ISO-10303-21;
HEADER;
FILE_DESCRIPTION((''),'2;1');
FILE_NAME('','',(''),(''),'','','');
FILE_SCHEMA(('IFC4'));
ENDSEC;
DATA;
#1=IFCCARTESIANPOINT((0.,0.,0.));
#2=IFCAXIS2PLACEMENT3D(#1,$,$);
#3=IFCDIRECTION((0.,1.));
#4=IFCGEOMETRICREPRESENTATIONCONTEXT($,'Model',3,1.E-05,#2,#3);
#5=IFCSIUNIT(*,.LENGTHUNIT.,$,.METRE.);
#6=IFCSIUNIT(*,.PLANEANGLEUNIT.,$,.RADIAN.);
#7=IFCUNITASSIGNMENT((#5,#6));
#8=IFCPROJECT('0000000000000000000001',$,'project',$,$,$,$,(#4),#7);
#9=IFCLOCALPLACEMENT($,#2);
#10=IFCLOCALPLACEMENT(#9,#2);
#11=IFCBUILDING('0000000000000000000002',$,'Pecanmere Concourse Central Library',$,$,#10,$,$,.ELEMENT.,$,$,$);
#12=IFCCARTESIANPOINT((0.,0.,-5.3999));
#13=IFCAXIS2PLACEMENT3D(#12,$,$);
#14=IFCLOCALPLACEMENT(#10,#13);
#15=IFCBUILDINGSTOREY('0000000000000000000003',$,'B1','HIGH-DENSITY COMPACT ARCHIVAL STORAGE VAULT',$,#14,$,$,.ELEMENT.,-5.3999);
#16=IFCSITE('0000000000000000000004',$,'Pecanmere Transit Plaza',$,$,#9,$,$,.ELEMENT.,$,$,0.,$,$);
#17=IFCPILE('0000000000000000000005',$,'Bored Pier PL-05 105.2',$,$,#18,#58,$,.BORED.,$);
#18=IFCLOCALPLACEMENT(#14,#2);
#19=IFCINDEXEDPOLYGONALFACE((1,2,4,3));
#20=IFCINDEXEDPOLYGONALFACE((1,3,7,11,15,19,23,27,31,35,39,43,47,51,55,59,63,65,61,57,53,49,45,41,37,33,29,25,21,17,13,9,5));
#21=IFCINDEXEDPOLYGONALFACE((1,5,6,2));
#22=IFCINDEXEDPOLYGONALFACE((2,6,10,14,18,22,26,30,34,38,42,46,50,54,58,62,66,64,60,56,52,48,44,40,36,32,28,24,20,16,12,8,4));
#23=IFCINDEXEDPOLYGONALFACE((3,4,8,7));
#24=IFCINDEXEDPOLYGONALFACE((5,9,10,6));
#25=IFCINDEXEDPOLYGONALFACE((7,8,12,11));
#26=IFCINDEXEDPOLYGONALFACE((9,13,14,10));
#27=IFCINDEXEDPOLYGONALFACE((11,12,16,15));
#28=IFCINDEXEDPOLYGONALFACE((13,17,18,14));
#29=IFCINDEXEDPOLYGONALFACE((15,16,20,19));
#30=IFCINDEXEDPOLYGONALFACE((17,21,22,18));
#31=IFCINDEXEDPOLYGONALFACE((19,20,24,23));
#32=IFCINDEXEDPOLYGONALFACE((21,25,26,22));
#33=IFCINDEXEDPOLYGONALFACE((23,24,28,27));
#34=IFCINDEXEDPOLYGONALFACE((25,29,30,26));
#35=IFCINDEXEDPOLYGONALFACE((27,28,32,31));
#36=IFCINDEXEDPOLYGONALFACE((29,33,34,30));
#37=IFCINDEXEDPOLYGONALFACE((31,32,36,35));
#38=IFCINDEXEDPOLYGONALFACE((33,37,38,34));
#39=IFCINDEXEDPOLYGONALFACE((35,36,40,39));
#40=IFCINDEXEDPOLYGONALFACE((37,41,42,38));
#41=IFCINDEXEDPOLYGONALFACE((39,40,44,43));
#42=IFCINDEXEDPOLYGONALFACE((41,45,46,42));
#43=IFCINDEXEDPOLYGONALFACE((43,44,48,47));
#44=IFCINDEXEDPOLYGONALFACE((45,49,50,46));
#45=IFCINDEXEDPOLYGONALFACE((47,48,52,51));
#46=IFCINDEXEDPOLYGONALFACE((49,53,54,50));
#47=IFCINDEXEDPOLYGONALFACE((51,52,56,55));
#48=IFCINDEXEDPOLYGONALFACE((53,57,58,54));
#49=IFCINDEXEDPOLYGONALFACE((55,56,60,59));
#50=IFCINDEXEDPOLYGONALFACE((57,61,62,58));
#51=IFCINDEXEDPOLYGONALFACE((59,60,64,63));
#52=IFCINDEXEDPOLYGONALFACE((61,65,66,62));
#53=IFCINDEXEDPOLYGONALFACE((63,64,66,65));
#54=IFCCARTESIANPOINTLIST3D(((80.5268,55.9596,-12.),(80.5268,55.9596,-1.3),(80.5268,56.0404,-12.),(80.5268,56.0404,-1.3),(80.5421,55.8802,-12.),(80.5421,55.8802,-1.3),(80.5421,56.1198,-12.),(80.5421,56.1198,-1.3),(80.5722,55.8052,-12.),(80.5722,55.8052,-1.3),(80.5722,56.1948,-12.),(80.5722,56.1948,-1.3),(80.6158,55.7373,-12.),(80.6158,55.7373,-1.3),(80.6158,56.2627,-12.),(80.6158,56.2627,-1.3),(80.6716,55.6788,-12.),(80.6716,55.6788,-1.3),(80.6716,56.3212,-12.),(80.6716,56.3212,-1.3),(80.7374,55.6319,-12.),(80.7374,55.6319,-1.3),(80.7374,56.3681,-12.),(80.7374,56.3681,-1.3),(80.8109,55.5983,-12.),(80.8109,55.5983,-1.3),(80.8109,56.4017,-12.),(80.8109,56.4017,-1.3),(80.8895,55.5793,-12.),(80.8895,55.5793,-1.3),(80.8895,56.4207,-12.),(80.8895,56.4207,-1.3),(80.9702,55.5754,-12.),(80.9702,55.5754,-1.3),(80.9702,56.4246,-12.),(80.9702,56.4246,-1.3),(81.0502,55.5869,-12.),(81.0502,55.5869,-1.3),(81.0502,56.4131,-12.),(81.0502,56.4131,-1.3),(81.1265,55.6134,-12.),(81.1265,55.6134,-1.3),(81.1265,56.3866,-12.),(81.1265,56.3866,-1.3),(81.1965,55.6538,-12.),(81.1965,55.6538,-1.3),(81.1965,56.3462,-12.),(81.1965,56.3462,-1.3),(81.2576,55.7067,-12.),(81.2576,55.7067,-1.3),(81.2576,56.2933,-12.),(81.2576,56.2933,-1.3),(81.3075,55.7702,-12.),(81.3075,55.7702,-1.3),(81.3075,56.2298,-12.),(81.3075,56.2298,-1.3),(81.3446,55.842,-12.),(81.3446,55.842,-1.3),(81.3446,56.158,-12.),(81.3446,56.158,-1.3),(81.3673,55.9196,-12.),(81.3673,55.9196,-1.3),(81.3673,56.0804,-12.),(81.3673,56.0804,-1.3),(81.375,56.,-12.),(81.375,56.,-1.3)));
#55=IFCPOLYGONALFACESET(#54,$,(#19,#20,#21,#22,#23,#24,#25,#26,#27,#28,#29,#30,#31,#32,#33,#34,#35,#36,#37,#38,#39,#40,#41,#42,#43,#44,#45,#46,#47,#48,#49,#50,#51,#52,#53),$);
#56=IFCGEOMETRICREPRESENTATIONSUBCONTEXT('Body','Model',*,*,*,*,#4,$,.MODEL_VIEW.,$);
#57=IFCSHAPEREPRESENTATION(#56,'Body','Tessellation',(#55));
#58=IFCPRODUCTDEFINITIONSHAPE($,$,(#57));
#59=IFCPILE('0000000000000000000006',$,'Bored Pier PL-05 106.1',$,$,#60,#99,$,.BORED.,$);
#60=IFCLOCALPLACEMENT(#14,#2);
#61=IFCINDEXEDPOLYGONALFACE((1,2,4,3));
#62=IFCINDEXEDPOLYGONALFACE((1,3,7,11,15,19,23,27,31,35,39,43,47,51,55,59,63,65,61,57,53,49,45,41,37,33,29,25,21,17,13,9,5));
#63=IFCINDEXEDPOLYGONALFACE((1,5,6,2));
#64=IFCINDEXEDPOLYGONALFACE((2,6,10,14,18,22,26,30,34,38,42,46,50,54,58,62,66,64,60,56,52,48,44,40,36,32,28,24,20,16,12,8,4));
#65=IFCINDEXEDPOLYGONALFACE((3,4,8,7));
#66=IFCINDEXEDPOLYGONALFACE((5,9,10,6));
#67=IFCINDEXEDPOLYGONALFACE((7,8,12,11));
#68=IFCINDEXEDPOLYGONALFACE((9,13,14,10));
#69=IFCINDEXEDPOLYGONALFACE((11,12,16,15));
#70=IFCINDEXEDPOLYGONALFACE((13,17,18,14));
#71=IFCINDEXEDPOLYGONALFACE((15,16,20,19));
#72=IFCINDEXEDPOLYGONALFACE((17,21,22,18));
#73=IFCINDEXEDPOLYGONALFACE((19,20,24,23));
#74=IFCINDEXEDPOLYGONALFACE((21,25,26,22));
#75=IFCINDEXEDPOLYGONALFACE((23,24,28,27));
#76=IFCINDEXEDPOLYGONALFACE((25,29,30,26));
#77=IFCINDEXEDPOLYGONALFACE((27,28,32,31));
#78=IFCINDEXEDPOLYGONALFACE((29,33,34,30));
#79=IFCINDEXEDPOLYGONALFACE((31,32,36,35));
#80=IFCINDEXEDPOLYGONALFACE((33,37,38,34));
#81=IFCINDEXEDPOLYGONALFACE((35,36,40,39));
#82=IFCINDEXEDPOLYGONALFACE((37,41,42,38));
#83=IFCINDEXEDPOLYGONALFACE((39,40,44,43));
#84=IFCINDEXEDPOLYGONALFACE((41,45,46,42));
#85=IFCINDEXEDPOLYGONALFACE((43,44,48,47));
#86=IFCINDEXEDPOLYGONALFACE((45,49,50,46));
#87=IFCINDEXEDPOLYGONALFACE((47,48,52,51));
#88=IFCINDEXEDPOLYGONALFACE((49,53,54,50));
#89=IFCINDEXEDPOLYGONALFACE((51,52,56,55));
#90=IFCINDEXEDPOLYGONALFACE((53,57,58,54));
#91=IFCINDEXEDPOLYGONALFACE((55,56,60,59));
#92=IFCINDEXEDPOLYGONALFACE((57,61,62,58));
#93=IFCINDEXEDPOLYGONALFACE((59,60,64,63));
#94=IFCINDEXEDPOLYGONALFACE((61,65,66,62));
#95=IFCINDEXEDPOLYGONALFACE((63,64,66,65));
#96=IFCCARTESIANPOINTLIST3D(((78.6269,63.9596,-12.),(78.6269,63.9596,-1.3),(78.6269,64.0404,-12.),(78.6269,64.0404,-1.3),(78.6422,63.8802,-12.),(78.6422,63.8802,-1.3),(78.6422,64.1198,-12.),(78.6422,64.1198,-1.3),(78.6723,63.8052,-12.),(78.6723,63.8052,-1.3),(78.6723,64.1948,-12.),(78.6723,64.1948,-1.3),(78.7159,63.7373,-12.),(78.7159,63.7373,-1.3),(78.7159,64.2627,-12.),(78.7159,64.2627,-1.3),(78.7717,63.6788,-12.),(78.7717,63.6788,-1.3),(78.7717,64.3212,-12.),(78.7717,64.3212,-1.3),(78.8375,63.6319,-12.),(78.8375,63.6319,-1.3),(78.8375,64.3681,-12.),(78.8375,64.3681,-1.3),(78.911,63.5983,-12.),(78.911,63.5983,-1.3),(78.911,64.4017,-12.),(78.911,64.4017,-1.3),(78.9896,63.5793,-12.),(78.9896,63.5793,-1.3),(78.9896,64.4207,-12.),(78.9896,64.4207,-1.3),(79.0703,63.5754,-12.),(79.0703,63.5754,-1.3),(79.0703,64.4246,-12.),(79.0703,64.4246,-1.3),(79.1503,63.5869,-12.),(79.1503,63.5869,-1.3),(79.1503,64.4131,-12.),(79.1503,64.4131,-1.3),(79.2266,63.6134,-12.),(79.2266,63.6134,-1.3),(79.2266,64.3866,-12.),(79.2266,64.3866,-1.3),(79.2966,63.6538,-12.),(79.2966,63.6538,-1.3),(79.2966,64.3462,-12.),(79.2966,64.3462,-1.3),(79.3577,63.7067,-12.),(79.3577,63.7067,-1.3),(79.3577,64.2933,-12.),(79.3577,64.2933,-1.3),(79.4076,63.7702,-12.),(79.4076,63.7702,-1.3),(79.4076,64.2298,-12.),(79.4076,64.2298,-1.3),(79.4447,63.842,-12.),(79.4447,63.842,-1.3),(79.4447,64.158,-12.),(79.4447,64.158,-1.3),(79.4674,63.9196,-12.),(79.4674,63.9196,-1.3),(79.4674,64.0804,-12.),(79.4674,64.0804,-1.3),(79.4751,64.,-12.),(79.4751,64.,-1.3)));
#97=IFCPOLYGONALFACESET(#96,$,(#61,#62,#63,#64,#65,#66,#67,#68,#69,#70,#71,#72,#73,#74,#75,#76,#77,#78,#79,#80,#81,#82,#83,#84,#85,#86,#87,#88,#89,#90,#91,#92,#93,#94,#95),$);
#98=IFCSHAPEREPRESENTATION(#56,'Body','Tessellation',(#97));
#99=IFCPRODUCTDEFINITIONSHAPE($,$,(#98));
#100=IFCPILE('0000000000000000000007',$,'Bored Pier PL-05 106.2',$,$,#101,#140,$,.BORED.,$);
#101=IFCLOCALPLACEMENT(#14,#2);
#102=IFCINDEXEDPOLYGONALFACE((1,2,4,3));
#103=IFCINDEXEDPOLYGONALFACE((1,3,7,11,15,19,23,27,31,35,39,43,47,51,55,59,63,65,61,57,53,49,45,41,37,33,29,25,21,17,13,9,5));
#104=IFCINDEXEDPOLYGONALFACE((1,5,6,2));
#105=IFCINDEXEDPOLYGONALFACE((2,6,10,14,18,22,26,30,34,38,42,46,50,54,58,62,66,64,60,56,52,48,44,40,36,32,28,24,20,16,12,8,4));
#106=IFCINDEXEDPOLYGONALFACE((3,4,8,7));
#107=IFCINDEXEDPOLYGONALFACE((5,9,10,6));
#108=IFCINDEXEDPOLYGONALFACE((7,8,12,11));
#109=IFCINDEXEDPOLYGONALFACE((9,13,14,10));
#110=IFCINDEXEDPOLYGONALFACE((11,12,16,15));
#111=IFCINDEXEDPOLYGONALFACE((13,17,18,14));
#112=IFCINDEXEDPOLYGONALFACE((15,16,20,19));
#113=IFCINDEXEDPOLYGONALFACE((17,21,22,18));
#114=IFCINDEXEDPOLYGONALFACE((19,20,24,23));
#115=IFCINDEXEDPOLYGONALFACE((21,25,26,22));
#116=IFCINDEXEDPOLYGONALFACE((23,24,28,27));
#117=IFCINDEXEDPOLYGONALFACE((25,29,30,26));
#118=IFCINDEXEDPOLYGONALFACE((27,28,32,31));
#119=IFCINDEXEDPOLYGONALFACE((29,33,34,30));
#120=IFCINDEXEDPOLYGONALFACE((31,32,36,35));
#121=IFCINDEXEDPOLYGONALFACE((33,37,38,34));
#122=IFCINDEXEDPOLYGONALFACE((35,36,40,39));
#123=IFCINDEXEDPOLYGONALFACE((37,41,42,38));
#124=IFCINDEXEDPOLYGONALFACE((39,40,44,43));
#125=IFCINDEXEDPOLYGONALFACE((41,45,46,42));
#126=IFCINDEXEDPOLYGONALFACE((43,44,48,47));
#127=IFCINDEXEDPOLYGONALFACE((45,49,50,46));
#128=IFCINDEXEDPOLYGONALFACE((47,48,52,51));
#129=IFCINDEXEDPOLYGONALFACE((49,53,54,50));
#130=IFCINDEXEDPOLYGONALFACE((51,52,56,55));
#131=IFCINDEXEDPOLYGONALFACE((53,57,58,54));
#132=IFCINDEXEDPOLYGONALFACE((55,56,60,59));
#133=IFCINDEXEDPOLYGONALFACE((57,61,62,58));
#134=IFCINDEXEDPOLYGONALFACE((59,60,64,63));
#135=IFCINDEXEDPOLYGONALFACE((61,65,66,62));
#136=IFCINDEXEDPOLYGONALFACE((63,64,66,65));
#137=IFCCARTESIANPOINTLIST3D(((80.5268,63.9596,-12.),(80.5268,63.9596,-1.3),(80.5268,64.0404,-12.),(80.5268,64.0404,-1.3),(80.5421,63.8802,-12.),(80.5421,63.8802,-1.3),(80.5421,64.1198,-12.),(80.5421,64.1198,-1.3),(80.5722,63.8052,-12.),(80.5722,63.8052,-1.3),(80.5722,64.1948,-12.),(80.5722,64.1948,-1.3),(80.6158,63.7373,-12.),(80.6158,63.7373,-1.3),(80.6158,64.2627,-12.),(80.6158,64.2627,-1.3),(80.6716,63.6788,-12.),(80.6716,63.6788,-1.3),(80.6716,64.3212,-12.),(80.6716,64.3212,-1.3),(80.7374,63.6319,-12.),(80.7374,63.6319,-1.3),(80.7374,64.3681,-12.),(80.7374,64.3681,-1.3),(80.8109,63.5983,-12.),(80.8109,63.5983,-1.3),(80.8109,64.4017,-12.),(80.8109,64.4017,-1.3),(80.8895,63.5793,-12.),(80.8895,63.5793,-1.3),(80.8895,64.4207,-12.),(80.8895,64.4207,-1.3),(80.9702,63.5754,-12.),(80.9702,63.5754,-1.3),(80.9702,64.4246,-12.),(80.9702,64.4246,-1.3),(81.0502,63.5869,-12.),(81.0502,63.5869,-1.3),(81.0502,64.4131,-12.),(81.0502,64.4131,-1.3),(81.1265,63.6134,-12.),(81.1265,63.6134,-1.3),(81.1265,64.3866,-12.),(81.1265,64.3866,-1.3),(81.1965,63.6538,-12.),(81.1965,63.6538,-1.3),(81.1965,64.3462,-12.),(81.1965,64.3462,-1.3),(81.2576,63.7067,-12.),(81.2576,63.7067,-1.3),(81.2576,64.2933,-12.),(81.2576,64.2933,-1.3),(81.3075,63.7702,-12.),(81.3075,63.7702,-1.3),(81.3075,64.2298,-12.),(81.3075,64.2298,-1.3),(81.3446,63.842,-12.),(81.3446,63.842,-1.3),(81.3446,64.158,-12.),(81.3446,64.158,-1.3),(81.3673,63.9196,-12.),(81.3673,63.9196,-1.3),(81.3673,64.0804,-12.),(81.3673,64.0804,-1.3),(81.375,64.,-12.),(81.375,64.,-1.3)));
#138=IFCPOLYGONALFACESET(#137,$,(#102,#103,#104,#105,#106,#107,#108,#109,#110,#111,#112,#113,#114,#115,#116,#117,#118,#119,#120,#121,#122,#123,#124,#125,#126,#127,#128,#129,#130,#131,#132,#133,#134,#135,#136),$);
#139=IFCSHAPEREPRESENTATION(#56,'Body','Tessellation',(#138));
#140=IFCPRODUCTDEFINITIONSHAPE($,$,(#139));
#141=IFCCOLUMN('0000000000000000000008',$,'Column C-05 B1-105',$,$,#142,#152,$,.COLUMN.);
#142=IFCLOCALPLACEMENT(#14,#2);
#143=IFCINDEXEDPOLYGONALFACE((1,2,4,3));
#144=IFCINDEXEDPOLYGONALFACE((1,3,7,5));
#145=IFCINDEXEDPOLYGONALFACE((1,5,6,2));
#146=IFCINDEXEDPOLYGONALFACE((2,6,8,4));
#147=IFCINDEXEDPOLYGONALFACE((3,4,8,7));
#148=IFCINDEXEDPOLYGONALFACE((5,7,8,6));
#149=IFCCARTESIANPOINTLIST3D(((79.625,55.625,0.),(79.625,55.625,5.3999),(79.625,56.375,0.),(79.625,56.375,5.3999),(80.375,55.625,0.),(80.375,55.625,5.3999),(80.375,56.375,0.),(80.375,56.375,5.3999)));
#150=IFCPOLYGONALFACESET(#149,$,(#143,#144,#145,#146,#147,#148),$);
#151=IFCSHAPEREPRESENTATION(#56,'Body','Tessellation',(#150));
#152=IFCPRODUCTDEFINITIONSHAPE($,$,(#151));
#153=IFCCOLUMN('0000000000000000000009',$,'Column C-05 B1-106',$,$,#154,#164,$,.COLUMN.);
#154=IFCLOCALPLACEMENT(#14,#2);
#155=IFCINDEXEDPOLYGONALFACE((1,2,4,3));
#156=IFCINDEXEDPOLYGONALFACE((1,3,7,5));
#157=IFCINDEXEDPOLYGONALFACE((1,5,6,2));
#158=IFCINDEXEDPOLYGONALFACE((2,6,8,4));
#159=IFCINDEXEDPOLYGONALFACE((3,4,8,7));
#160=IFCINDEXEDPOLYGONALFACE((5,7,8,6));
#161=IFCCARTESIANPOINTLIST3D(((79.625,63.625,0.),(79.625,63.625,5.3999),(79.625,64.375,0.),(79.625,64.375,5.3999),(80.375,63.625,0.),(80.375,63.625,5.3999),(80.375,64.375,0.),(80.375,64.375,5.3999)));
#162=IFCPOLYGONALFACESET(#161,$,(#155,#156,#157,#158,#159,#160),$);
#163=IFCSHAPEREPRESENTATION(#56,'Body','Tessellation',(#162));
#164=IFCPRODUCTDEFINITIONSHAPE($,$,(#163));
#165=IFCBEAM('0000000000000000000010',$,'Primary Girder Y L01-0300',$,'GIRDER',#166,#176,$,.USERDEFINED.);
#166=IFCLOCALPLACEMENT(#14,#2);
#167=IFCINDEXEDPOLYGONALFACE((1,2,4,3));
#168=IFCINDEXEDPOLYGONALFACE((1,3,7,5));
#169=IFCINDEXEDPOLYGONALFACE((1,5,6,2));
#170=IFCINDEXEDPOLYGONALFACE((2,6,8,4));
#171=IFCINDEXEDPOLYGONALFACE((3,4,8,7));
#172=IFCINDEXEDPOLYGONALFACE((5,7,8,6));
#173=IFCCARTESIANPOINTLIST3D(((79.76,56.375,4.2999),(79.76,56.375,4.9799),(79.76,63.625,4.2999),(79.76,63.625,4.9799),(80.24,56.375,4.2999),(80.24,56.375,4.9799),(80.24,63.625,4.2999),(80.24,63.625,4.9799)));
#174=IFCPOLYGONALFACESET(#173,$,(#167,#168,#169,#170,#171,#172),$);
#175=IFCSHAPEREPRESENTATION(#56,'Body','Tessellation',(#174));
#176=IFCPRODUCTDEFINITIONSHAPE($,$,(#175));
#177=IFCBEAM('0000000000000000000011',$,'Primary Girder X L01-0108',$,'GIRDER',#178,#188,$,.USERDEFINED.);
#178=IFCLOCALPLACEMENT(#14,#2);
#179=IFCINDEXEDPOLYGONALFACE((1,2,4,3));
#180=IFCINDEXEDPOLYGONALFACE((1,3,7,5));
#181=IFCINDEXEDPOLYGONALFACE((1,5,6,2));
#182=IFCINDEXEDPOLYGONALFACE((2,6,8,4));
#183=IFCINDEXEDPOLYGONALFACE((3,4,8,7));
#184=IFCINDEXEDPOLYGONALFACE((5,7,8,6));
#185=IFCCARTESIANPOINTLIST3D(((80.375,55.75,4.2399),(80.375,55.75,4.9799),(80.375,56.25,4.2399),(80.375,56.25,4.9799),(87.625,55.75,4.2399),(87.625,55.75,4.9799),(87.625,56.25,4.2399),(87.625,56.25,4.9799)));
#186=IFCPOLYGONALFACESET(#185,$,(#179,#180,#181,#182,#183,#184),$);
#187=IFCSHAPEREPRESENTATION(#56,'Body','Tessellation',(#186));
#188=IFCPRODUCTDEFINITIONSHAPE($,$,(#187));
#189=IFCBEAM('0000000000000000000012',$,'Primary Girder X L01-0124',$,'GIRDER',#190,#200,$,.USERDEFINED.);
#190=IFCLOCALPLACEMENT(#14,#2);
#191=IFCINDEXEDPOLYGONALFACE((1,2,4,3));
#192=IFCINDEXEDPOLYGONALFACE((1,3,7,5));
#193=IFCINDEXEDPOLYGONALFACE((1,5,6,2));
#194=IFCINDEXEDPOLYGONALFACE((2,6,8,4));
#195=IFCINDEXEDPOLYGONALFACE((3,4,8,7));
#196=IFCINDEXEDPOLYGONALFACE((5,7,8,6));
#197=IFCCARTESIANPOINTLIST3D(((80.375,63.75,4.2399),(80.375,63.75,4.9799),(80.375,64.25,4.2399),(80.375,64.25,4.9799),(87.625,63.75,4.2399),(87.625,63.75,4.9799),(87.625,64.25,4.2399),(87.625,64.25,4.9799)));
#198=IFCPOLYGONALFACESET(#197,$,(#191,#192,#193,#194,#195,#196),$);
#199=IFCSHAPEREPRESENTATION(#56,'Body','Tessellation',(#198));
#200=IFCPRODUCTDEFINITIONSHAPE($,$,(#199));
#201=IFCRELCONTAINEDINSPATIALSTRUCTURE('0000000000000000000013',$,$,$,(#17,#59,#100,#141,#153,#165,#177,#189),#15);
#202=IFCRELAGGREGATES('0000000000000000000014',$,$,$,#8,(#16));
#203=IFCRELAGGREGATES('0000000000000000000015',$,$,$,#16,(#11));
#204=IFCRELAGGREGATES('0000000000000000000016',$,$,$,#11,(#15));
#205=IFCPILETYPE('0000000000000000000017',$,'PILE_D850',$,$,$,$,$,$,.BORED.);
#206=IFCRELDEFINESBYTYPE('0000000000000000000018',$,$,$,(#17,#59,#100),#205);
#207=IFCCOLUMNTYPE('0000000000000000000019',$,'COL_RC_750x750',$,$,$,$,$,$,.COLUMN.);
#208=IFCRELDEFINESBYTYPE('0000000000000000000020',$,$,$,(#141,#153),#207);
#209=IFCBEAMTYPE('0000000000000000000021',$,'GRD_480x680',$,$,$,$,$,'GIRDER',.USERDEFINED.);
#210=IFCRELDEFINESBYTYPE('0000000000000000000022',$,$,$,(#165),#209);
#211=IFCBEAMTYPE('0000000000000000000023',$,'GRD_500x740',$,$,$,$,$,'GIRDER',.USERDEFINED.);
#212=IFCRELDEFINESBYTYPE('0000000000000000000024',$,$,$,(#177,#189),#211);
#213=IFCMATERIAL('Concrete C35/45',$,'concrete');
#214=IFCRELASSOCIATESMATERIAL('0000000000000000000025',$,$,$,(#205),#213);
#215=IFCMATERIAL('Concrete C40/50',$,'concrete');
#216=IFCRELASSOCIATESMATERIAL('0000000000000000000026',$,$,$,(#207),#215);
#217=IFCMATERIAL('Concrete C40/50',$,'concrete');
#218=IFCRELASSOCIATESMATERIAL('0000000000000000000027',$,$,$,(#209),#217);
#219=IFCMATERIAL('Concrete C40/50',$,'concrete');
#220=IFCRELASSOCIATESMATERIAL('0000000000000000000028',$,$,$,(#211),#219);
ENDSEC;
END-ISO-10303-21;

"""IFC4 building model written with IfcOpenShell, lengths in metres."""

from ifc_helpers import new_model, si_unit, direction, frame, origin, origin_2d, place, context, subcontext, project, spatial, rectangle, circle, extrude, material, material_profile, profile_set, type_object, element, save


model = new_model("IFC4")

# Units and contexts
model_context = context("Model", 3, precision=1e-05, world=origin(), true_north=direction((0.0, 1.0)))
body_context = subcontext(model_context, "Body", "Model", "MODEL_VIEW")
ifc_project = project(units=[si_unit("LENGTHUNIT", "METRE"), si_unit("PLANEANGLEUNIT", "RADIAN")], contexts=[model_context])

# Site, building, storey
site_placement = place(None, origin())
site = spatial("IfcSite", under=ifc_project, at=site_placement, Name="Pecanmere Transit Plaza", CompositionType="ELEMENT", RefElevation=0.0)
building_placement = place(site_placement, origin())
building = spatial("IfcBuilding", under=site, at=building_placement, Name="Pecanmere Concourse Central Library", CompositionType="ELEMENT")
storey_placement = place(building_placement, frame((0.0, 0.0, -5.3999)))
storey = spatial("IfcBuildingStorey", under=building, at=storey_placement, Name="B1", Description="HIGH-DENSITY COMPACT ARCHIVAL STORAGE VAULT", CompositionType="ELEMENT", Elevation=-5.3999)

# Piles
ifc_material_1 = material(Name="Concrete C35/45", Category="concrete")
ifc_material_profile_1 = material_profile(ifc_material_1, circle(Radius=0.425, at=origin_2d()), Name="PIER D850")
ifc_profile_set_1 = profile_set([ifc_material_profile_1], Name="Concrete C35/45")
pile_type = type_object("IfcPileType", Name="PILE_D850", PredefinedType="BORED", material=ifc_profile_set_1)
for number, where, z_axis, x_axis, name in (
    (1, (80.95, 56.0, -1.3), (0.0, 0.0, -1.0), (1.0, 0.0, 0.0), "Bored Pier PL-05 105.2"),
    (2, (79.05, 64.0, -1.3), (0.0, 0.0, -1.0), (1.0, 0.0, 0.0), "Bored Pier PL-05 106.1"),
    (3, (80.95, 64.0, -1.3), (0.0, 0.0, -1.0), (1.0, 0.0, 0.0), "Bored Pier PL-05 106.2"),
):
    element("IfcPile", number, at=place(storey_placement, frame(where, z_axis=z_axis, x_axis=x_axis)), inside=storey, type_object=pile_type, Name=name, PredefinedType="BORED", context=body_context, shape_type="SweptSolid", body=[
        extrude(circle(Radius=0.425, at=origin_2d()), origin(), (0.0, 0.0, 1.0), 10.7),
    ])

# Columns
ifc_material_2 = material(Name="Concrete C40/50", Category="concrete")
ifc_material_profile_2 = material_profile(ifc_material_2, rectangle(XDim=0.75, YDim=0.75, at=origin_2d()), Name="RC 750x750")
ifc_profile_set_2 = profile_set([ifc_material_profile_2], Name="Concrete C40/50")
column_type = type_object("IfcColumnType", Name="COL_RC_750x750", PredefinedType="COLUMN", material=ifc_profile_set_2)
for number, where, z_axis, x_axis, name in (
    (4, (80.0, 56.0, 0.0), (0.0, 0.0, 1.0), (1.0, 0.0, 0.0), "Column C-05 B1-105"),
    (5, (80.0, 64.0, 0.0), (0.0, 0.0, 1.0), (1.0, 0.0, 0.0), "Column C-05 B1-106"),
):
    element("IfcColumn", number, at=place(storey_placement, frame(where, z_axis=z_axis, x_axis=x_axis)), inside=storey, type_object=column_type, Name=name, PredefinedType="COLUMN", context=body_context, shape_type="SweptSolid", body=[
        extrude(rectangle(XDim=0.75, YDim=0.75, at=origin_2d()), origin(), (0.0, 0.0, 1.0), 5.3999),
    ])

# Beams
ifc_material_3 = material(Name="Concrete C40/50", Category="concrete")
ifc_material_profile_3 = material_profile(ifc_material_3, rectangle(XDim=0.48, YDim=0.6799, at=origin_2d()), Name="RC 480x680")
ifc_profile_set_3 = profile_set([ifc_material_profile_3], Name="Concrete C40/50")
beam_type_1 = type_object("IfcBeamType", Name="GRD_480x680", ElementType="GIRDER", PredefinedType="USERDEFINED", material=ifc_profile_set_3)
beam_1_placement = place(storey_placement, frame((80.0, 56.375, 4.6399), z_axis=(0.0, 1.0, 0.0), x_axis=(-1.0, 0.0, 0.0)))
element("IfcBeam", 6, at=beam_1_placement, inside=storey, type_object=beam_type_1, Name="Primary Girder Y L01-0300", ObjectType="GIRDER", PredefinedType="USERDEFINED", context=body_context, shape_type="SweptSolid", body=[
    extrude(rectangle(XDim=0.48, YDim=0.6799, at=origin_2d()), origin(), (0.0, 0.0, 1.0), 7.25),
])
ifc_material_4 = material(Name="Concrete C40/50", Category="concrete")
ifc_material_profile_4 = material_profile(ifc_material_4, rectangle(XDim=0.5, YDim=0.74, at=origin_2d()), Name="RC 500x740")
ifc_profile_set_4 = profile_set([ifc_material_profile_4], Name="Concrete C40/50")
beam_type_2 = type_object("IfcBeamType", Name="GRD_500x740", ElementType="GIRDER", PredefinedType="USERDEFINED", material=ifc_profile_set_4)
for number, where, z_axis, x_axis, name in (
    (7, (80.375, 56.0, 4.6099), (1.0, 0.0, 0.0), (0.0, 1.0, 0.0), "Primary Girder X L01-0108"),
    (8, (80.375, 64.0, 4.6099), (1.0, 0.0, 0.0), (0.0, 1.0, 0.0), "Primary Girder X L01-0124"),
):
    element("IfcBeam", number, at=place(storey_placement, frame(where, z_axis=z_axis, x_axis=x_axis)), inside=storey, type_object=beam_type_2, Name=name, ObjectType="GIRDER", PredefinedType="USERDEFINED", context=body_context, shape_type="SweptSolid", body=[
        extrude(rectangle(XDim=0.5, YDim=0.74, at=origin_2d()), origin(), (0.0, 0.0, 1.0), 7.25),
    ])

save(model, "model.ifc")
